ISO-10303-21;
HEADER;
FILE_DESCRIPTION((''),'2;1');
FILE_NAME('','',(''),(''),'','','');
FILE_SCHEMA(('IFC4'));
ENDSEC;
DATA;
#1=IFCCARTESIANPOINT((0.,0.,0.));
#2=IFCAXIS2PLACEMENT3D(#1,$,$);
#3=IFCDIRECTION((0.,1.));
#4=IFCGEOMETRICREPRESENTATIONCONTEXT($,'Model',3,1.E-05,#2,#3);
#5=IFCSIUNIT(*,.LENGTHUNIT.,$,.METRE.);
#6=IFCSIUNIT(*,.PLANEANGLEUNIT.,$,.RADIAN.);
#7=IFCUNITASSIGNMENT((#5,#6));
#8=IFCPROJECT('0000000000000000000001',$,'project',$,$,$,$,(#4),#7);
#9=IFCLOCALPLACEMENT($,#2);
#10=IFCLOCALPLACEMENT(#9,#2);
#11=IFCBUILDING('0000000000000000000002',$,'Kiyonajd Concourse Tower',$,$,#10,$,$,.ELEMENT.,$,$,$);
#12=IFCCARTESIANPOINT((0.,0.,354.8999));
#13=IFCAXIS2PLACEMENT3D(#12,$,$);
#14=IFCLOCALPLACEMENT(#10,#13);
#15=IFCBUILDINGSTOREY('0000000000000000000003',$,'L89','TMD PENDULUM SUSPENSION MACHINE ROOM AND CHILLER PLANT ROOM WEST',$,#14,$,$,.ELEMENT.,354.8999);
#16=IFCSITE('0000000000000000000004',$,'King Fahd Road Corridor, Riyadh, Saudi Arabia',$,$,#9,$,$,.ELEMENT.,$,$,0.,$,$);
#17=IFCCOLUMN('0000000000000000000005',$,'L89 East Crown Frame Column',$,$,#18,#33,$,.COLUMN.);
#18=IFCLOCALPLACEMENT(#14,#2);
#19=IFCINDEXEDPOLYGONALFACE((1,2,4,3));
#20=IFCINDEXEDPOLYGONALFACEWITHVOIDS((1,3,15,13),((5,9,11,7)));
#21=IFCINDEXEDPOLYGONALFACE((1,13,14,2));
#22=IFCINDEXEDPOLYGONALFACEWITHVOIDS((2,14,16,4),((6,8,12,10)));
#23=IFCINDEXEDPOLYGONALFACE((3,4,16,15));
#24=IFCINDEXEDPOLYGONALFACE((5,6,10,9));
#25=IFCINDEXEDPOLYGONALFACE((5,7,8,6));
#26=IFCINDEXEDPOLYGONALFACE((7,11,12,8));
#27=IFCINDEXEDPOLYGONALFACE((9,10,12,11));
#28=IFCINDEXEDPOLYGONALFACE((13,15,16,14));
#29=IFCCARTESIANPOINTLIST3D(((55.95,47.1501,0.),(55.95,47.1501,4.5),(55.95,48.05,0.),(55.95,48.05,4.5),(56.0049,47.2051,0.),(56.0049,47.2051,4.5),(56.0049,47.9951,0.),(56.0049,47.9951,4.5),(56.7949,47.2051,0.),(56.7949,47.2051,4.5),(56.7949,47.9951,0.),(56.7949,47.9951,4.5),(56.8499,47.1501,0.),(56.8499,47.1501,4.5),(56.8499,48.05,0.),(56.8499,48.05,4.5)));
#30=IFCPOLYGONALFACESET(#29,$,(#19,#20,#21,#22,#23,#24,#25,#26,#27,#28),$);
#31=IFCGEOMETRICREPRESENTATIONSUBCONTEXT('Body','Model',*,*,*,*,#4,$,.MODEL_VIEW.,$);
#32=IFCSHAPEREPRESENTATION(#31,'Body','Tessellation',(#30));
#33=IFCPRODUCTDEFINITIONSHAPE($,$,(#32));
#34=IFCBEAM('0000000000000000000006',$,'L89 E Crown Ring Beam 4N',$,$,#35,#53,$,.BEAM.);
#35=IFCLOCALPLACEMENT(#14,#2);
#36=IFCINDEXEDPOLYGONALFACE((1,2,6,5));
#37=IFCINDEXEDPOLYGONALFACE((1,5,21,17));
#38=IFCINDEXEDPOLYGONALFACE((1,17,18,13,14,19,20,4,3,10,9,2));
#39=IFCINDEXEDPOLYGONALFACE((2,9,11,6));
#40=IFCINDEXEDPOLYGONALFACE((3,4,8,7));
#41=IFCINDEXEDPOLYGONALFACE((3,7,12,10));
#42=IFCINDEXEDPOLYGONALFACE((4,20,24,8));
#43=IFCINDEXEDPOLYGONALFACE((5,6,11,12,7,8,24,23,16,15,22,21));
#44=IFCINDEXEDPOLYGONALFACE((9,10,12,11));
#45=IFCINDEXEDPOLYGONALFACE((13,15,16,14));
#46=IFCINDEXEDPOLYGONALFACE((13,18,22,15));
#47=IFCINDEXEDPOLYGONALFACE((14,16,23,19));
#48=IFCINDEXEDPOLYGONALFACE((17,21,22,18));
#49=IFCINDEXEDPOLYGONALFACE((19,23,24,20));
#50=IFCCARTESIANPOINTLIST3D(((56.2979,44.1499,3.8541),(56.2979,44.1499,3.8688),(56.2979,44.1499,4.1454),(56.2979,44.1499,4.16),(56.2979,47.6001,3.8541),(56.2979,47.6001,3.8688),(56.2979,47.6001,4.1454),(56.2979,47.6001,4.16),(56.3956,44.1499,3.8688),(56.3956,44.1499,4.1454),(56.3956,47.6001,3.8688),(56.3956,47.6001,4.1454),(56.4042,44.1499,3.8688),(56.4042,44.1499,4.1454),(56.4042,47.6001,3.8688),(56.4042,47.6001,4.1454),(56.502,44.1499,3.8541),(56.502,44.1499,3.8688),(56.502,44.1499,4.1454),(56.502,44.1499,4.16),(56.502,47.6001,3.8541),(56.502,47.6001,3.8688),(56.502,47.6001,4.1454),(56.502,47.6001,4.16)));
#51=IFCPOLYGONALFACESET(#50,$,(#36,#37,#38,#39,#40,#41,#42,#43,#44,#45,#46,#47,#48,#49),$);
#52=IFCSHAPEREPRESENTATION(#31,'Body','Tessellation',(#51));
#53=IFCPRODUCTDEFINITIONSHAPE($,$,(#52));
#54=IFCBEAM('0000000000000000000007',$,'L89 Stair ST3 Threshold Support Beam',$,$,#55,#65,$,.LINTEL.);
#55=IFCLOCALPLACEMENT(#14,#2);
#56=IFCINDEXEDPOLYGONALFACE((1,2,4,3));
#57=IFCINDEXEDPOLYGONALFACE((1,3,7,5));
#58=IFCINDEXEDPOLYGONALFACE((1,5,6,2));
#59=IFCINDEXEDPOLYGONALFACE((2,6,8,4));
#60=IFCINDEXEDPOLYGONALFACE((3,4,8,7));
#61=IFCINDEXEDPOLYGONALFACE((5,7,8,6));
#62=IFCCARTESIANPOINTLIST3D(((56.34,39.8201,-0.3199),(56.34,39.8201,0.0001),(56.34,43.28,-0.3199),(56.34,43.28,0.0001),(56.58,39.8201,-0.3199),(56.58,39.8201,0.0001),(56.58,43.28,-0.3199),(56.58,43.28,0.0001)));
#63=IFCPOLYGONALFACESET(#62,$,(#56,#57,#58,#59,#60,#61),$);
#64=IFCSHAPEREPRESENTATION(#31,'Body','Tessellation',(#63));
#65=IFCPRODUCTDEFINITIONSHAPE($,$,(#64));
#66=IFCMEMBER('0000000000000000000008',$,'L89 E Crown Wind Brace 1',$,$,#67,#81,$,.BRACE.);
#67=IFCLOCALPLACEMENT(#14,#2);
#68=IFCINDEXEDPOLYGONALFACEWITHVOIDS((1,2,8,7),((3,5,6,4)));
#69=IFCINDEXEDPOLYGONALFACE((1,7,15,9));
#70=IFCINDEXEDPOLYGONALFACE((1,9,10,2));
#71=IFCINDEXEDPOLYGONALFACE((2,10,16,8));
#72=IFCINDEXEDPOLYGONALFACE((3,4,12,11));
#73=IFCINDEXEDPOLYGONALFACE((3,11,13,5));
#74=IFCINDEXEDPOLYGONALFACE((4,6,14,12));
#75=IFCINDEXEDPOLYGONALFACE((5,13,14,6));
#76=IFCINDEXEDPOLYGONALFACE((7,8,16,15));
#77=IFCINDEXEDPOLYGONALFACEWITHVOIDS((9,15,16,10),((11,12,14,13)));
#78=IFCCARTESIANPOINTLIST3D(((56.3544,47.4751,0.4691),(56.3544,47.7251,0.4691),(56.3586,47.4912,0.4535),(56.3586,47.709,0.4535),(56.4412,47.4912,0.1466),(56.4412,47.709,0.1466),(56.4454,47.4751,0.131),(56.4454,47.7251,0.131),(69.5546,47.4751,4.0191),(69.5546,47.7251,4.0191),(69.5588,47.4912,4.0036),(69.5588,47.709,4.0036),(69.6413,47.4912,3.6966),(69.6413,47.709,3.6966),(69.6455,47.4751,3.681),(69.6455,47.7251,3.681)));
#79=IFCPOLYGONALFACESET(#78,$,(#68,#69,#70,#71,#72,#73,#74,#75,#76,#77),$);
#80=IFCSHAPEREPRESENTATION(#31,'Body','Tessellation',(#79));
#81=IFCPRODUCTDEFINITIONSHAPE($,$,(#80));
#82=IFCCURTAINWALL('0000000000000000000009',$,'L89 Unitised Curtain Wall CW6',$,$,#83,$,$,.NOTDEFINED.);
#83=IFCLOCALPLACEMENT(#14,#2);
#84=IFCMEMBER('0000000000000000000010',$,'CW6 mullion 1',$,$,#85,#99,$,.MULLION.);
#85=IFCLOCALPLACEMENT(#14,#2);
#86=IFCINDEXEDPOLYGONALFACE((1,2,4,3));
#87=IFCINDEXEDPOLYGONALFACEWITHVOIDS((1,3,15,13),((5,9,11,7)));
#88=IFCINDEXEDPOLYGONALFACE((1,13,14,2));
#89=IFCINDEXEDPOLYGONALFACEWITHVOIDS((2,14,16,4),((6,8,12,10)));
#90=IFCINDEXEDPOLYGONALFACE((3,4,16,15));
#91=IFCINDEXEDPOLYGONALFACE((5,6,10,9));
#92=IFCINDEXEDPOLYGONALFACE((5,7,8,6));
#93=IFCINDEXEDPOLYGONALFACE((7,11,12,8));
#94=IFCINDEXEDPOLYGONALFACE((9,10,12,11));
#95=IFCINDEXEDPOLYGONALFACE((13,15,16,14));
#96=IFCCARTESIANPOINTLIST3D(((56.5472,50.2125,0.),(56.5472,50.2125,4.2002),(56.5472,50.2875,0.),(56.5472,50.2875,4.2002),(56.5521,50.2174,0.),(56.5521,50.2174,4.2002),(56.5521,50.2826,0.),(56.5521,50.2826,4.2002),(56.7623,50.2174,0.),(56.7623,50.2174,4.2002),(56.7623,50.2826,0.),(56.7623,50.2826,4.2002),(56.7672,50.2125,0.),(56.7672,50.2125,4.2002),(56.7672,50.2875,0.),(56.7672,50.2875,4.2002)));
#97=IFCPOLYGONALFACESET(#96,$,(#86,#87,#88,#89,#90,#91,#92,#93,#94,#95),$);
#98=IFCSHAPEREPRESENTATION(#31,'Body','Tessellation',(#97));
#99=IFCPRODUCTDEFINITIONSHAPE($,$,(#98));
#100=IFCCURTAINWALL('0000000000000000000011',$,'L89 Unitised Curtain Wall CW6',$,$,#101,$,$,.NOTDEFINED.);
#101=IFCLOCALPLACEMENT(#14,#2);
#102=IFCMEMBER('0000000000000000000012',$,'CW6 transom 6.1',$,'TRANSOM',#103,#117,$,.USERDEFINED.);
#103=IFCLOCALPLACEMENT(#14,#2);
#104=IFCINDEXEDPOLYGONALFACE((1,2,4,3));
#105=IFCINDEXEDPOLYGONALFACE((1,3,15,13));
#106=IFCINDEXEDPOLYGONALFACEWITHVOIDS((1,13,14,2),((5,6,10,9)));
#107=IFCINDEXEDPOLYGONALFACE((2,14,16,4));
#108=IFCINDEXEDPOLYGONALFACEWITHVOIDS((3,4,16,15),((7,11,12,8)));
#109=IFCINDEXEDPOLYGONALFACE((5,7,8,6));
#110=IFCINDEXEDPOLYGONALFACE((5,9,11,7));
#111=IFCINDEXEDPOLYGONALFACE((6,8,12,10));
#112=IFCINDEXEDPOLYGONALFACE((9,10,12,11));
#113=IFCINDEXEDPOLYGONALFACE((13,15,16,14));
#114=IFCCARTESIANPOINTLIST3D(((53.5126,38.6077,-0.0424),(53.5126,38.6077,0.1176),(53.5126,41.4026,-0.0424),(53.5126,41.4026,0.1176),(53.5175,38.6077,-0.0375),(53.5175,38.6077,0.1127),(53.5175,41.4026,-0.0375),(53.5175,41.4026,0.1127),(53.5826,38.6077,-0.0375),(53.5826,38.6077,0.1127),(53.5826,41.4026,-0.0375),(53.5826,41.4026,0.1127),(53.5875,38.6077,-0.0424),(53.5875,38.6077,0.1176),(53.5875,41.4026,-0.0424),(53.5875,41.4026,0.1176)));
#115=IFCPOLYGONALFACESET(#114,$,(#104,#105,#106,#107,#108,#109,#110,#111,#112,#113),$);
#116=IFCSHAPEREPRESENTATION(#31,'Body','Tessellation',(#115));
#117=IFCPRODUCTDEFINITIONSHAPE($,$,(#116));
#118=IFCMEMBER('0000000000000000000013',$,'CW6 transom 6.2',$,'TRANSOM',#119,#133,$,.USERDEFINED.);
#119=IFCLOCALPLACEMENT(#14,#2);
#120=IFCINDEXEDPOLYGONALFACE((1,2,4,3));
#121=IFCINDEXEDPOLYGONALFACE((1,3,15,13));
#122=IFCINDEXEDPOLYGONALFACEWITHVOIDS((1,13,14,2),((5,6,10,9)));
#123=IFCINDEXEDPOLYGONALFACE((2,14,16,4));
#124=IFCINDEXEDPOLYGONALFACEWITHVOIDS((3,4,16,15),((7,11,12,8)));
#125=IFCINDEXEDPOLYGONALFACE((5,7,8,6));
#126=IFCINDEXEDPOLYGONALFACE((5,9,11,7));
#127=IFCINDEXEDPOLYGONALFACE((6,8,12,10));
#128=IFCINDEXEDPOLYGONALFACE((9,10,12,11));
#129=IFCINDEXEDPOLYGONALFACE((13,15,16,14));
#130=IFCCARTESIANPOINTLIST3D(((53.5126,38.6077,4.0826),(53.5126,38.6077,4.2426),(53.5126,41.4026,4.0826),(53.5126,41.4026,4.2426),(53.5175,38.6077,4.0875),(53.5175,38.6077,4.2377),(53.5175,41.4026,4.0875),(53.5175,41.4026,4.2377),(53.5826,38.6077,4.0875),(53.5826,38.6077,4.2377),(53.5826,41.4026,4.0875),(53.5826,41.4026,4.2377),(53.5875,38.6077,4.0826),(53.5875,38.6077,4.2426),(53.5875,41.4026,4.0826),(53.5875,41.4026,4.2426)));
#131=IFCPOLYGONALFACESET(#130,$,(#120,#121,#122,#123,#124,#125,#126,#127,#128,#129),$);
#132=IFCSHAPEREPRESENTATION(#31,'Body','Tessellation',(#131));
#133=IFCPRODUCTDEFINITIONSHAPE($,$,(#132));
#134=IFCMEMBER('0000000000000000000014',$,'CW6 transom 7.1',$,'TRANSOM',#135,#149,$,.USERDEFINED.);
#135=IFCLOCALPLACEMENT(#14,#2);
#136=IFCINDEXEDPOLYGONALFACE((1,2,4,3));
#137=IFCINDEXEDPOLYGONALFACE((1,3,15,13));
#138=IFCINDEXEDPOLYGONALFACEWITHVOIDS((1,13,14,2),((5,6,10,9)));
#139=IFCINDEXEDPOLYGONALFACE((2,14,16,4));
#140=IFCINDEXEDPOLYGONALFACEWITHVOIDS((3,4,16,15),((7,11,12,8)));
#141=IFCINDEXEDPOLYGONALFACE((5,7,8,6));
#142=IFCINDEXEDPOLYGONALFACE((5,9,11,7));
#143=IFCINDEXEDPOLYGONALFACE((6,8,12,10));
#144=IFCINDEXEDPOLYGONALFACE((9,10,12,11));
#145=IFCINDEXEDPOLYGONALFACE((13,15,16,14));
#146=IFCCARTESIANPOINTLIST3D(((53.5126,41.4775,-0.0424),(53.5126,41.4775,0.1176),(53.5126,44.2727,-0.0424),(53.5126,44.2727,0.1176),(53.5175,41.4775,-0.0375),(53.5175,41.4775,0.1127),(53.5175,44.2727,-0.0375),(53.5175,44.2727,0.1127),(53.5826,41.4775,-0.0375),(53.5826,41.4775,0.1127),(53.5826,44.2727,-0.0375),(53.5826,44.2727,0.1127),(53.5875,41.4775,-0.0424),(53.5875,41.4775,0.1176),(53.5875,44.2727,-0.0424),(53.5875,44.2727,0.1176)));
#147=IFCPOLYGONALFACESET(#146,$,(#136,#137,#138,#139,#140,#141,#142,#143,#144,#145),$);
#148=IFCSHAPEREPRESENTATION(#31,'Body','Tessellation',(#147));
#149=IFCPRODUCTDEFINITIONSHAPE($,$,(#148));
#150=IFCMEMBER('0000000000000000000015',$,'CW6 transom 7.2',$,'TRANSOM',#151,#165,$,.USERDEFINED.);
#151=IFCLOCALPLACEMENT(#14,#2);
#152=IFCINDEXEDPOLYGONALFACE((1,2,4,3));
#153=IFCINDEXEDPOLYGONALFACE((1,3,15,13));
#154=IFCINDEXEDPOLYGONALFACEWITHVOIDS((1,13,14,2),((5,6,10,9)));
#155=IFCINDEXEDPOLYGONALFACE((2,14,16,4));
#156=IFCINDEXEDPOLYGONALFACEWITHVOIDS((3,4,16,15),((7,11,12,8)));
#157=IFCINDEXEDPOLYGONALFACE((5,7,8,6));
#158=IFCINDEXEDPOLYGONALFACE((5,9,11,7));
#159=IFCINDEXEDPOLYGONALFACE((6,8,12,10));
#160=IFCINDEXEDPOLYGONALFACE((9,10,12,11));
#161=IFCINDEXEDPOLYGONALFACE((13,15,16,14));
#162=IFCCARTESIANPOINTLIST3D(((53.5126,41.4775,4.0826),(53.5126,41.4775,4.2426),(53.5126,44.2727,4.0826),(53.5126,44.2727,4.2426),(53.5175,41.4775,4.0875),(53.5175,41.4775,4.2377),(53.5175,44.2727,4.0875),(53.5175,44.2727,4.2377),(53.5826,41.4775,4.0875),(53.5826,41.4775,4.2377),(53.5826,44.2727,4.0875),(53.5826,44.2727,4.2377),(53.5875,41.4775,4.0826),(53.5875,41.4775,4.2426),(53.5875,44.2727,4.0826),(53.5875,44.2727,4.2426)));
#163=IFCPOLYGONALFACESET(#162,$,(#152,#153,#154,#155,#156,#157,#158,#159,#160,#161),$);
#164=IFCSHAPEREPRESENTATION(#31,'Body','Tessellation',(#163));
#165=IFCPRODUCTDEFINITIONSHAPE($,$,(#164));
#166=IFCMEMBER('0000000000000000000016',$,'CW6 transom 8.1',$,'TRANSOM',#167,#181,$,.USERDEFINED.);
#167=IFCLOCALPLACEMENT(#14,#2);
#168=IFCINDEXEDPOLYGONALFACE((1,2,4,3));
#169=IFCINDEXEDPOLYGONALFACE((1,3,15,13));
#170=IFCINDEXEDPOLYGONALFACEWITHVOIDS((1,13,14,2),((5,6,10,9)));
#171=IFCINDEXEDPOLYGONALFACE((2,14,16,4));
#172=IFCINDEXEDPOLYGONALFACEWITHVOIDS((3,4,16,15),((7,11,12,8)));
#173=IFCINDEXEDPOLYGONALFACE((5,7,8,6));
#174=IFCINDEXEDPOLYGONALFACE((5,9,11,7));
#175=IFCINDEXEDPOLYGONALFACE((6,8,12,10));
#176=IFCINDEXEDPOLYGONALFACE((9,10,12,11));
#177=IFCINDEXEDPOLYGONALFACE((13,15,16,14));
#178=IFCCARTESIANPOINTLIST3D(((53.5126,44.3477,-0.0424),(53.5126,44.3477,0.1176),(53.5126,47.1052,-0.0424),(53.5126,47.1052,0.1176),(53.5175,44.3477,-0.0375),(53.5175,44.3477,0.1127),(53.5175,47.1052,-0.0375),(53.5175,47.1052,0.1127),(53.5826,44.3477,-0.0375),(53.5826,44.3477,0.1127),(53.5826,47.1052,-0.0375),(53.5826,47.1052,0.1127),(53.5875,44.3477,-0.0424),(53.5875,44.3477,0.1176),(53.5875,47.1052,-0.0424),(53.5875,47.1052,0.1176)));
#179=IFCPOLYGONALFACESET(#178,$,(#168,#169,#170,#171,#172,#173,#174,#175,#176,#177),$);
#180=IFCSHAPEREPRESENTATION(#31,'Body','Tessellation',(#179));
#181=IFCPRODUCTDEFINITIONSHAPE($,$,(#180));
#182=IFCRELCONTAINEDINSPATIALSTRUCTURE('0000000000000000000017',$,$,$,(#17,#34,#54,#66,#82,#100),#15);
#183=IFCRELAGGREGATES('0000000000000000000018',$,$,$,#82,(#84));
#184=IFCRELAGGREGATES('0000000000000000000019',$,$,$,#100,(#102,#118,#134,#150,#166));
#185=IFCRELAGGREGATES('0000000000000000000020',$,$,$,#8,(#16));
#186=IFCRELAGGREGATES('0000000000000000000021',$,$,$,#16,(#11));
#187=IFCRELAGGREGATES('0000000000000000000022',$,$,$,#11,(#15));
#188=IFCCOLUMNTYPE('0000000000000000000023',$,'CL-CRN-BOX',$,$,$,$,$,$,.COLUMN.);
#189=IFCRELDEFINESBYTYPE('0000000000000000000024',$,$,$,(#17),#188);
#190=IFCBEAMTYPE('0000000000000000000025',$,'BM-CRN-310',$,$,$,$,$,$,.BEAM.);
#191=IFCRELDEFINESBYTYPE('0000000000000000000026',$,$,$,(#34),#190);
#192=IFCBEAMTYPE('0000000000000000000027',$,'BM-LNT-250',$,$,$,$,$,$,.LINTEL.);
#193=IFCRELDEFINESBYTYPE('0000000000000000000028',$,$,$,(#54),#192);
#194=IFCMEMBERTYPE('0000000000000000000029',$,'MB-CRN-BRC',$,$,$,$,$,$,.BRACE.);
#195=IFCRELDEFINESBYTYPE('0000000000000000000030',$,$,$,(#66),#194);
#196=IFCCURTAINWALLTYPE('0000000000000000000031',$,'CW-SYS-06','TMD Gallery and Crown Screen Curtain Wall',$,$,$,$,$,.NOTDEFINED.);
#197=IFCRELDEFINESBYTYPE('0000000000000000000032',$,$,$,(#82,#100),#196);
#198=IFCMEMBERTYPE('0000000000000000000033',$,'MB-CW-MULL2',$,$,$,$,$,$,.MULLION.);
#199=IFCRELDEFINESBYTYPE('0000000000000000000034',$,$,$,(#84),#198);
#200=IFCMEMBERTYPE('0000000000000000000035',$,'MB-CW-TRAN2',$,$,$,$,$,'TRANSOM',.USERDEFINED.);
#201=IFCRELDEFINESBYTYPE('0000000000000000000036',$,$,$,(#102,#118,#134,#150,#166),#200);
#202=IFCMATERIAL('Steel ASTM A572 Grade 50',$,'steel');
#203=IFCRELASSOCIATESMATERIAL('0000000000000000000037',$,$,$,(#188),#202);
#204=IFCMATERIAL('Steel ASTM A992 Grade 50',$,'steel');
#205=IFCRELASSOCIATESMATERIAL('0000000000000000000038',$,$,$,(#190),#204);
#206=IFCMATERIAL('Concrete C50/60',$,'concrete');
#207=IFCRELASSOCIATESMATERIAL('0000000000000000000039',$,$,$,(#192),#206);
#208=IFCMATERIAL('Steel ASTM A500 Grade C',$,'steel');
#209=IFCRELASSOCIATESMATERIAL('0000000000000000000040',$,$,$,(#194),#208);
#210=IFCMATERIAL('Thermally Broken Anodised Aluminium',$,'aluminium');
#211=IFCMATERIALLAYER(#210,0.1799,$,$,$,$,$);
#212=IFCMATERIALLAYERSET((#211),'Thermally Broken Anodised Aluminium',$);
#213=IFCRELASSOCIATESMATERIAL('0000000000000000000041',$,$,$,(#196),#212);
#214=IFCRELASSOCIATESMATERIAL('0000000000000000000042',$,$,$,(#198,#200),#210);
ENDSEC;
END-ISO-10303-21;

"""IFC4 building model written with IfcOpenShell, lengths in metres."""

from ifc_helpers import new_model, si_unit, direction, frame, origin, origin_2d, place, context, subcontext, project, spatial, rectangle, hollow_rectangle, i_section, extrude, material, layer, layer_set, material_profile, profile_set, type_object, element, aggregate, save


model = new_model("IFC4")

# Units and contexts
model_context = context("Model", 3, precision=1e-05, world=origin(), true_north=direction((0.0, 1.0)))
body_context = subcontext(model_context, "Body", "Model", "MODEL_VIEW")
ifc_project = project(units=[si_unit("LENGTHUNIT", "METRE"), si_unit("PLANEANGLEUNIT", "RADIAN")], contexts=[model_context])

# Site, building, storey
site_placement = place(None, origin())
site = spatial("IfcSite", under=ifc_project, at=site_placement, Name="King Fahd Road Corridor, Riyadh, Saudi Arabia", CompositionType="ELEMENT", RefElevation=0.0)
building_placement = place(site_placement, origin())
building = spatial("IfcBuilding", under=site, at=building_placement, Name="Kiyonajd Concourse Tower", CompositionType="ELEMENT")
storey_placement = place(building_placement, frame((0.0, 0.0, 354.8999)))
storey = spatial("IfcBuildingStorey", under=building, at=storey_placement, Name="L89", Description="TMD PENDULUM SUSPENSION MACHINE ROOM AND CHILLER PLANT ROOM WEST", CompositionType="ELEMENT", Elevation=354.8999)

# Column
ifc_material_1 = material(Name="Steel ASTM A572 Grade 50", Category="steel")
ifc_material_profile_1 = material_profile(ifc_material_1, hollow_rectangle(XDim=0.8999, YDim=0.8999, WallThickness=0.0549, at=origin_2d()), Name="BOX-900x900x55")
ifc_profile_set_1 = profile_set([ifc_material_profile_1], Name="Steel ASTM A572 Grade 50")
column_type = type_object("IfcColumnType", Name="CL-CRN-BOX", PredefinedType="COLUMN", material=ifc_profile_set_1)
column_placement = place(storey_placement, frame((56.3999, 47.6001, 0.0), z_axis=(0.0, 0.0, 1.0), x_axis=(1.0, 0.0, 0.0)))
element("IfcColumn", 1, at=column_placement, inside=storey, type_object=column_type, Name="L89 East Crown Frame Column", PredefinedType="COLUMN", context=body_context, shape_type="SweptSolid", body=[
    extrude(hollow_rectangle(XDim=0.8999, YDim=0.8999, WallThickness=0.0549, at=origin_2d()), origin(), (0.0, 0.0, 1.0), 4.5),
])

# Beams
ifc_material_2 = material(Name="Steel ASTM A992 Grade 50", Category="steel")
ifc_material_profile_2 = material_profile(ifc_material_2, i_section(OverallWidth=0.2041, OverallDepth=0.3059, WebThickness=0.0085, FlangeThickness=0.0146, at=origin_2d()), Name="W310X67")
ifc_profile_set_2 = profile_set([ifc_material_profile_2], Name="Steel ASTM A992 Grade 50")
beam_type_1 = type_object("IfcBeamType", Name="BM-CRN-310", PredefinedType="BEAM", material=ifc_profile_set_2)
beam_1_placement = place(storey_placement, frame((56.3999, 44.1499, 4.0071), z_axis=(0.0, 1.0, 0.0), x_axis=(-1.0, 0.0, 0.0)))
element("IfcBeam", 2, at=beam_1_placement, inside=storey, type_object=beam_type_1, Name="L89 E Crown Ring Beam 4N", PredefinedType="BEAM", context=body_context, shape_type="SweptSolid", body=[
    extrude(i_section(OverallWidth=0.2041, OverallDepth=0.3059, WebThickness=0.0085, FlangeThickness=0.0146, at=origin_2d()), origin(), (0.0, 0.0, 1.0), 3.4502),
])
ifc_material_3 = material(Name="Concrete C50/60", Category="concrete")
ifc_material_profile_3 = material_profile(ifc_material_3, rectangle(XDim=0.24, YDim=0.3201, at=origin_2d()), Name="RCBM-240x320")
ifc_profile_set_3 = profile_set([ifc_material_profile_3], Name="Concrete C50/60")
beam_type_2 = type_object("IfcBeamType", Name="BM-LNT-250", PredefinedType="LINTEL", material=ifc_profile_set_3)
beam_2_placement = place(storey_placement, frame((56.46, 39.8201, -0.1599), z_axis=(0.0, 1.0, 0.0), x_axis=(-1.0, 0.0, 0.0)))
element("IfcBeam", 3, at=beam_2_placement, inside=storey, type_object=beam_type_2, Name="L89 Stair ST3 Threshold Support Beam", PredefinedType="LINTEL", context=body_context, shape_type="SweptSolid", body=[
    extrude(rectangle(XDim=0.24, YDim=0.3201, at=origin_2d()), origin(), (0.0, 0.0, 1.0), 3.46),
])

# Member
ifc_material_4 = material(Name="Steel ASTM A500 Grade C", Category="steel")
ifc_material_profile_4 = material_profile(ifc_material_4, hollow_rectangle(XDim=0.25, YDim=0.3501, WallThickness=0.0161, at=origin_2d()), Name="HSS-350x250x16")
ifc_profile_set_4 = profile_set([ifc_material_profile_4], Name="Steel ASTM A500 Grade C")
member_type_1 = type_object("IfcMemberType", Name="MB-CRN-BRC", PredefinedType="BRACE", material=ifc_profile_set_4)
member_1_placement = place(storey_placement, frame((56.3999, 47.6001, 0.3), z_axis=(0.965686, 0.0, 0.259711), x_axis=(0.0, 1.0, 0.0)))
element("IfcMember", 4, at=member_1_placement, inside=storey, type_object=member_type_1, Name="L89 E Crown Wind Brace 1", PredefinedType="BRACE", context=body_context, shape_type="SweptSolid", body=[
    extrude(hollow_rectangle(XDim=0.25, YDim=0.3501, WallThickness=0.0161, at=origin_2d()), origin(), (0.0, 0.0, 1.0), 13.6692),
])

# Curtain wall, member
ifc_material_5 = material(Name="Thermally Broken Anodised Aluminium", Category="aluminium")
ifc_layer_1 = layer(ifc_material_5, 0.1799)
ifc_layer_set_1 = layer_set([ifc_layer_1], Name="Thermally Broken Anodised Aluminium")
curtain_wall_type = type_object("IfcCurtainWallType", Name="CW-SYS-06", Description="TMD Gallery and Crown Screen Curtain Wall", PredefinedType="NOTDEFINED", material=ifc_layer_set_1)
curtain_wall_1_placement = place(storey_placement, origin())
curtain_wall_1 = element("IfcCurtainWall", 5, at=curtain_wall_1_placement, inside=storey, type_object=curtain_wall_type, Name="L89 Unitised Curtain Wall CW6", PredefinedType="NOTDEFINED")
ifc_material_profile_5 = material_profile(ifc_material_5, hollow_rectangle(XDim=0.075, YDim=0.22, WallThickness=0.0049, at=origin_2d()), Name="MULL-75x220")
ifc_profile_set_5 = profile_set([ifc_material_profile_5], Name="Thermally Broken Anodised Aluminium")
member_type_2 = type_object("IfcMemberType", Name="MB-CW-MULL2", PredefinedType="MULLION", material=ifc_profile_set_5)
member_2_placement = place(storey_placement, frame((56.6572, 50.25, 0.0), z_axis=(0.0, 0.0, 1.0), x_axis=(0.0, 1.0, 0.0)))
member_2 = element("IfcMember", 6, at=member_2_placement, type_object=member_type_2, Name="CW6 mullion 1", PredefinedType="MULLION", context=body_context, shape_type="SweptSolid", body=[
    extrude(hollow_rectangle(XDim=0.075, YDim=0.22, WallThickness=0.0049, at=origin_2d()), origin(), (0.0, 0.0, 1.0), 4.2002),
])

# Curtain wall, members
curtain_wall_2_placement = place(storey_placement, origin())
curtain_wall_2 = element("IfcCurtainWall", 7, at=curtain_wall_2_placement, inside=storey, type_object=curtain_wall_type, Name="L89 Unitised Curtain Wall CW6", PredefinedType="NOTDEFINED")
ifc_material_profile_6 = material_profile(ifc_material_5, hollow_rectangle(XDim=0.075, YDim=0.1599, WallThickness=0.0049, at=origin_2d()), Name="TRAN-75x160")
ifc_profile_set_6 = profile_set([ifc_material_profile_6], Name="Thermally Broken Anodised Aluminium")
member_type_3 = type_object("IfcMemberType", Name="MB-CW-TRAN2", ElementType="TRANSOM", PredefinedType="USERDEFINED", material=ifc_profile_set_6)
member_3_placement = place(storey_placement, frame((53.55, 38.6077, 0.0376), z_axis=(0.0, 1.0, 0.0), x_axis=(-1.0, 0.0, 0.0)))
member_3 = element("IfcMember", 8, at=member_3_placement, type_object=member_type_3, Name="CW6 transom 6.1", ObjectType="TRANSOM", PredefinedType="USERDEFINED", context=body_context, shape_type="SweptSolid", body=[
    extrude(hollow_rectangle(XDim=0.075, YDim=0.1599, WallThickness=0.0049, at=origin_2d()), origin(), (0.0, 0.0, 1.0), 2.7949),
])
member_4_placement = place(storey_placement, frame((53.55, 38.6077, 4.1626), z_axis=(0.0, 1.0, 0.0), x_axis=(-1.0, 0.0, 0.0)))
member_4 = element("IfcMember", 9, at=member_4_placement, type_object=member_type_3, Name="CW6 transom 6.2", ObjectType="TRANSOM", PredefinedType="USERDEFINED", context=body_context, shape_type="SweptSolid", body=[
    extrude(hollow_rectangle(XDim=0.075, YDim=0.1599, WallThickness=0.0049, at=origin_2d()), origin(), (0.0, 0.0, 1.0), 2.7949),
])
member_5_placement = place(storey_placement, frame((53.55, 41.4775, 0.0376), z_axis=(0.0, 1.0, 0.0), x_axis=(-1.0, 0.0, 0.0)))
member_5 = element("IfcMember", 10, at=member_5_placement, type_object=member_type_3, Name="CW6 transom 7.1", ObjectType="TRANSOM", PredefinedType="USERDEFINED", context=body_context, shape_type="SweptSolid", body=[
    extrude(hollow_rectangle(XDim=0.075, YDim=0.1599, WallThickness=0.0049, at=origin_2d()), origin(), (0.0, 0.0, 1.0), 2.7952),
])
member_6_placement = place(storey_placement, frame((53.55, 41.4775, 4.1626), z_axis=(0.0, 1.0, 0.0), x_axis=(-1.0, 0.0, 0.0)))
member_6 = element("IfcMember", 11, at=member_6_placement, type_object=member_type_3, Name="CW6 transom 7.2", ObjectType="TRANSOM", PredefinedType="USERDEFINED", context=body_context, shape_type="SweptSolid", body=[
    extrude(hollow_rectangle(XDim=0.075, YDim=0.1599, WallThickness=0.0049, at=origin_2d()), origin(), (0.0, 0.0, 1.0), 2.7952),
])
member_7_placement = place(storey_placement, frame((53.55, 44.3477, 0.0376), z_axis=(0.0, 1.0, 0.0), x_axis=(-1.0, 0.0, 0.0)))
member_7 = element("IfcMember", 12, at=member_7_placement, type_object=member_type_3, Name="CW6 transom 8.1", ObjectType="TRANSOM", PredefinedType="USERDEFINED", context=body_context, shape_type="SweptSolid", body=[
    extrude(hollow_rectangle(XDim=0.075, YDim=0.1599, WallThickness=0.0049, at=origin_2d()), origin(), (0.0, 0.0, 1.0), 2.7576),
])

aggregate(curtain_wall_1, [member_2])

aggregate(curtain_wall_2, [member_3, member_4, member_5, member_6, member_7])

save(model, "model.ifc")
